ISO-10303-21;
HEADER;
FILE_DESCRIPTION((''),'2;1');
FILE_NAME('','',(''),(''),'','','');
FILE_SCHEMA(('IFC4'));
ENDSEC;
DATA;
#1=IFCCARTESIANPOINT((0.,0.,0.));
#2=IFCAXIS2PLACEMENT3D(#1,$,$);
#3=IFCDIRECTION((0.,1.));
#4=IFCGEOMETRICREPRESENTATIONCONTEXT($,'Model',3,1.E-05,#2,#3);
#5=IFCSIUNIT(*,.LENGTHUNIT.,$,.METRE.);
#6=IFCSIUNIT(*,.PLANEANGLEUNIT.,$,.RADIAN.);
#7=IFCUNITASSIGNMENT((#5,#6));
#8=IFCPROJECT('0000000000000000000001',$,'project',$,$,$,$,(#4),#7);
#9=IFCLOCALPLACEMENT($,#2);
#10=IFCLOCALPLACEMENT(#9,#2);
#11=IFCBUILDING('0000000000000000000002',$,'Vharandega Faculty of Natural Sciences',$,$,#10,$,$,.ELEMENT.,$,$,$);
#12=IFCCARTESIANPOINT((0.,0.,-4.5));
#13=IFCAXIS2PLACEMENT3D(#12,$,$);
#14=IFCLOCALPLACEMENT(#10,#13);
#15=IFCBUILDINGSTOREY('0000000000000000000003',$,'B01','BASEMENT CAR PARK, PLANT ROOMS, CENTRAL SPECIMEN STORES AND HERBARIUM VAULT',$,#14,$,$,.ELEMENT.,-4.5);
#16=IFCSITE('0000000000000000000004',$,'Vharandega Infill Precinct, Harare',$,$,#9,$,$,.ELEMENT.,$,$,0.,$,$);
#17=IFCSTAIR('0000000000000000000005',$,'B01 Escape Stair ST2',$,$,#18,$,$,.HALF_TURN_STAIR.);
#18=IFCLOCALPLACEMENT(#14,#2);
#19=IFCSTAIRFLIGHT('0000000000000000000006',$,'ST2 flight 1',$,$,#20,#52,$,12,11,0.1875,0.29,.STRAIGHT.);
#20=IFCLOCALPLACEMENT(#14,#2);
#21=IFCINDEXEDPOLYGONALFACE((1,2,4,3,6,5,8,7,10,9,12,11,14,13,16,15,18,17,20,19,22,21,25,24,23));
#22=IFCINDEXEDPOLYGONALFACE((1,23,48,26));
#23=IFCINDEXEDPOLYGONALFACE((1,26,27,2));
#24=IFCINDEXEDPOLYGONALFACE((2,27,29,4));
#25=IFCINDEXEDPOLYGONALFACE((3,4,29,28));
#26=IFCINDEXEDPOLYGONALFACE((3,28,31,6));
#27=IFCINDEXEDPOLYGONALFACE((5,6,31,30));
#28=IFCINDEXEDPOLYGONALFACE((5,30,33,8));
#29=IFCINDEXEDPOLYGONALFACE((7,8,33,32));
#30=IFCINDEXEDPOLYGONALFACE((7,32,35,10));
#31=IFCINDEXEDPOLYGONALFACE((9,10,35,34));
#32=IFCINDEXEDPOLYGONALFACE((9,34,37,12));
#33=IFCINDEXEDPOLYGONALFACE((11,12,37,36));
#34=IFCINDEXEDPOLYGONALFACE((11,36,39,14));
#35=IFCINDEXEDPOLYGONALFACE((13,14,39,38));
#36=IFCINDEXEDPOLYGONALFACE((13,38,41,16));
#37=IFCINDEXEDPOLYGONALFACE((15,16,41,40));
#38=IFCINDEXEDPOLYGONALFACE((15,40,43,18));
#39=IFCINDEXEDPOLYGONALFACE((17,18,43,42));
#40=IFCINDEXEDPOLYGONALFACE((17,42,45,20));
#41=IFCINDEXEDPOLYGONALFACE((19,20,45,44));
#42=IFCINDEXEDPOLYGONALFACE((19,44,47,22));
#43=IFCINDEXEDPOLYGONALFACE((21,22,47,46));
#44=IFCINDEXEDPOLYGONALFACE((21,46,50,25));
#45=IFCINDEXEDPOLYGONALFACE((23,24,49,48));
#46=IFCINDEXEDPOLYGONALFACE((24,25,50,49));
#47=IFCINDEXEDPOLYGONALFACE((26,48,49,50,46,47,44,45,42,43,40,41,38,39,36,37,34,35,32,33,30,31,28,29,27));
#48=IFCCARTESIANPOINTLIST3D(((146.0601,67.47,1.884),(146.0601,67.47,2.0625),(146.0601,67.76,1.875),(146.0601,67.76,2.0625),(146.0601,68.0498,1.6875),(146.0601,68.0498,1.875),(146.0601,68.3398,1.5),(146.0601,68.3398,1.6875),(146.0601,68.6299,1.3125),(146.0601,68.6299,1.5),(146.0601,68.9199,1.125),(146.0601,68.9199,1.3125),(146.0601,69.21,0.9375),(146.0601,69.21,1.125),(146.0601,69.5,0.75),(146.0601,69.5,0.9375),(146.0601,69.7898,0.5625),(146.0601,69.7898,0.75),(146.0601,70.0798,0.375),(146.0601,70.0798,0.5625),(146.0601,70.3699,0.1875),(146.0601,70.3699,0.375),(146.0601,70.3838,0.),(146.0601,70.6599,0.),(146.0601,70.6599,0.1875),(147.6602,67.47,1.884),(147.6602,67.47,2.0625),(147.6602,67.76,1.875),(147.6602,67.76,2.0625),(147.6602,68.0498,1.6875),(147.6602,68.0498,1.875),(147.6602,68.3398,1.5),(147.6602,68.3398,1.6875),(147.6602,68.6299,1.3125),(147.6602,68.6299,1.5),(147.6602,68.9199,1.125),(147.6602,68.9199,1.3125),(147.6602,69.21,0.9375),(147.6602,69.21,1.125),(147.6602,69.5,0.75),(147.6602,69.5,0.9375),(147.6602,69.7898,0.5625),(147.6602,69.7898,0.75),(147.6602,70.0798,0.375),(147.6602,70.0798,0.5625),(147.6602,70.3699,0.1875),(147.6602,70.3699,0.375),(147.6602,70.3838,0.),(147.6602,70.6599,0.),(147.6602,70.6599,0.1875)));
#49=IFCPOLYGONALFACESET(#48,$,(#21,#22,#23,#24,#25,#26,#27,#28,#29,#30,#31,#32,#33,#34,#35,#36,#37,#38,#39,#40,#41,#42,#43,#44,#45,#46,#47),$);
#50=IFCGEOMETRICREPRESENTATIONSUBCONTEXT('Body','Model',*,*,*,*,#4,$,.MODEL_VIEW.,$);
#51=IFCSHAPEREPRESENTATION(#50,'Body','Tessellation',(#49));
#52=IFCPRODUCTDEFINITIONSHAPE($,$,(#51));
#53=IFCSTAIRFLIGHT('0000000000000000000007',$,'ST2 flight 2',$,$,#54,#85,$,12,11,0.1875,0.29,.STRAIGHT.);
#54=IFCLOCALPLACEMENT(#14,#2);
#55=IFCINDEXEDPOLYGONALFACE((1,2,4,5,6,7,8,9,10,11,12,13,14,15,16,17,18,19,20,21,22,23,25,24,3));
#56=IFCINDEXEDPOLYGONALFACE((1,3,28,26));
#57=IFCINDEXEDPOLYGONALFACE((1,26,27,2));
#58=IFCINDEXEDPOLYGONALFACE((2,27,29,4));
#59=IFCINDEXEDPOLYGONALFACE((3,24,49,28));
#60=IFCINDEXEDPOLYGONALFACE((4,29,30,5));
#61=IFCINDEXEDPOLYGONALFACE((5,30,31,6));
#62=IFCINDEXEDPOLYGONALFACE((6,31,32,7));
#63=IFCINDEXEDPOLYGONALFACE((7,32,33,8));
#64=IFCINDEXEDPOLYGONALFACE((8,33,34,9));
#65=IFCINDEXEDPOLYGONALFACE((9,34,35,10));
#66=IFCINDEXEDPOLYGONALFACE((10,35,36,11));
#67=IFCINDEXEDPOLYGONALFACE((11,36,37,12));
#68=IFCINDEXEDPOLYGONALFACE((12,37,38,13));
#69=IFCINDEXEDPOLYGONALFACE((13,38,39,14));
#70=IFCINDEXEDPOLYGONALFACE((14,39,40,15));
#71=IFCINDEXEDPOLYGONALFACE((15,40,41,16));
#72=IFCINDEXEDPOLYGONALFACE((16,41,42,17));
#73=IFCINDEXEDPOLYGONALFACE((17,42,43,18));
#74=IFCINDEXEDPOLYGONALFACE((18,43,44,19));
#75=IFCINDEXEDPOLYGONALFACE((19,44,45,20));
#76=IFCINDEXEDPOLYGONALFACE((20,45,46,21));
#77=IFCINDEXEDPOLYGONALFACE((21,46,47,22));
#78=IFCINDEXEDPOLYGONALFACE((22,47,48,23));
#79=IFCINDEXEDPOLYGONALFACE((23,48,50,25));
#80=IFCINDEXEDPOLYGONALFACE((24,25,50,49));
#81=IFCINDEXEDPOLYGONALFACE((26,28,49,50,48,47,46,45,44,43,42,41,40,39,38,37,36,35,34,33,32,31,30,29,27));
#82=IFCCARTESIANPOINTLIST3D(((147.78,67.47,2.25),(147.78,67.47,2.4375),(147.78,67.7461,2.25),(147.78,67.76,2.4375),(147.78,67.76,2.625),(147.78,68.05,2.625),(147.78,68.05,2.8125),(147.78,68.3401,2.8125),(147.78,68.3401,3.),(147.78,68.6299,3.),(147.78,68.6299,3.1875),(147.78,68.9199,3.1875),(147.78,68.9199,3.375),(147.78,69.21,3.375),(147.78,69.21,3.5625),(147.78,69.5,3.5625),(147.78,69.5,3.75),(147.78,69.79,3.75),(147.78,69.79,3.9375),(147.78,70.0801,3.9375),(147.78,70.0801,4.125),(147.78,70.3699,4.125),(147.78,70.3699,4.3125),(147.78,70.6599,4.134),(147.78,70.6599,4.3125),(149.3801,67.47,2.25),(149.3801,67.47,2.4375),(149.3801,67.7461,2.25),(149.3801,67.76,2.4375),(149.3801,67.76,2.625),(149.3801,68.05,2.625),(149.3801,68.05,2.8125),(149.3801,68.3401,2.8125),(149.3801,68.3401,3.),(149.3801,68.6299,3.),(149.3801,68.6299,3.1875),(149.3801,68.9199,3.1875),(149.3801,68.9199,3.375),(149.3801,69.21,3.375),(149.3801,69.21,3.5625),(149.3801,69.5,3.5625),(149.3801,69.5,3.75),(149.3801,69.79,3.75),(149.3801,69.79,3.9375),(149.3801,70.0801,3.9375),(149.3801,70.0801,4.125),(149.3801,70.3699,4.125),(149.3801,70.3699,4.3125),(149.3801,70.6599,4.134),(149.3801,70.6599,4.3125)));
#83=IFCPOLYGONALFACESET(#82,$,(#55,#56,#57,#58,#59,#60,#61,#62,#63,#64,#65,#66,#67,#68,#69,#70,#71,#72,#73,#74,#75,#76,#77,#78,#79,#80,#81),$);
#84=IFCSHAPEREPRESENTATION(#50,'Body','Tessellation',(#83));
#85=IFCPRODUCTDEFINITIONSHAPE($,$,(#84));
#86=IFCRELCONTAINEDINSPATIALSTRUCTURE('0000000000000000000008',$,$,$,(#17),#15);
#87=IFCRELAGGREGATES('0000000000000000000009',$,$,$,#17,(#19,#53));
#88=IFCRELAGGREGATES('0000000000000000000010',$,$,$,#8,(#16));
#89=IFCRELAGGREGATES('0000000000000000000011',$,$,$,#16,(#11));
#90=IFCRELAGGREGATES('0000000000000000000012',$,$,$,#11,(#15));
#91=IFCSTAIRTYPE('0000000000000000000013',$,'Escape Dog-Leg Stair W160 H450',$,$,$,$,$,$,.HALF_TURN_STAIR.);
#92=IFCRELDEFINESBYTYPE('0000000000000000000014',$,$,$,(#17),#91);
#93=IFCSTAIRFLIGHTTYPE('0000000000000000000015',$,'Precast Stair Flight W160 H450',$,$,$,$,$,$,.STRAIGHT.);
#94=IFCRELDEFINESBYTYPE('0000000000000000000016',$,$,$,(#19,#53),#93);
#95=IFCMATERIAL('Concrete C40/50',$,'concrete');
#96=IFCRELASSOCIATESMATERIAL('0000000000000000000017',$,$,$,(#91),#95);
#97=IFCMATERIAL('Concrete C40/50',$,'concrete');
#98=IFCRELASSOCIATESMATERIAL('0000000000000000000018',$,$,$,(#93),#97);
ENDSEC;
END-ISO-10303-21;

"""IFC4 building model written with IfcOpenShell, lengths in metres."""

from ifc_helpers import new_model, si_unit, direction, frame, origin, place, context, subcontext, project, spatial, polyline, outline, extrude, material, type_object, element, aggregate, save


model = new_model("IFC4")

# Units and contexts
model_context = context("Model", 3, precision=1e-05, world=origin(), true_north=direction((0.0, 1.0)))
body_context = subcontext(model_context, "Body", "Model", "MODEL_VIEW")
ifc_project = project(units=[si_unit("LENGTHUNIT", "METRE"), si_unit("PLANEANGLEUNIT", "RADIAN")], contexts=[model_context])

# Site, building, storey
site_placement = place(None, origin())
site = spatial("IfcSite", under=ifc_project, at=site_placement, Name="Vharandega Infill Precinct, Harare", CompositionType="ELEMENT", RefElevation=0.0)
building_placement = place(site_placement, origin())
building = spatial("IfcBuilding", under=site, at=building_placement, Name="Vharandega Faculty of Natural Sciences", CompositionType="ELEMENT")
storey_placement = place(building_placement, frame((0.0, 0.0, -4.5)))
storey = spatial("IfcBuildingStorey", under=building, at=storey_placement, Name="B01", Description="BASEMENT CAR PARK, PLANT ROOMS, CENTRAL SPECIMEN STORES AND HERBARIUM VAULT", CompositionType="ELEMENT", Elevation=-4.5)

# Stair, stair flights
ifc_material_1 = material(Name="Concrete C40/50", Category="concrete")
stair_type = type_object("IfcStairType", Name="Escape Dog-Leg Stair W160 H450", PredefinedType="HALF_TURN_STAIR", material=ifc_material_1)
stair_placement = place(storey_placement, origin())
stair = element("IfcStair", 1, at=stair_placement, inside=storey, type_object=stair_type, Name="B01 Escape Stair ST2", PredefinedType="HALF_TURN_STAIR")
ifc_material_2 = material(Name="Concrete C40/50", Category="concrete")
stair_flight_type = type_object("IfcStairFlightType", Name="Precast Stair Flight W160 H450", PredefinedType="STRAIGHT", material=ifc_material_2)
stair_flight_1_placement = place(storey_placement, frame((146.8601, 70.6599, 0.0), z_axis=(0.0, 0.0, 1.0), x_axis=(0.0, -1.0, 0.0)))
stair_flight_1 = element("IfcStairFlight", 2, at=stair_flight_1_placement, type_object=stair_flight_type, Name="ST2 flight 1", NumberOfRisers=12, NumberOfTreads=11, PredefinedType="STRAIGHT", RiserHeight=0.1875, TreadLength=0.29, context=body_context, shape_type="SweptSolid", body=[
    extrude(outline(polyline([(0.0, 0.0), (0.0, 0.1875), (0.29, 0.1875), (0.29, 0.375), (0.5801, 0.375), (0.5801, 0.5625), (0.8701, 0.5625), (0.8701, 0.75), (1.1599, 0.75), (1.1599, 0.9375), (1.45, 0.9375), (1.45, 1.125), (1.74, 1.125), (1.74, 1.3125), (2.03, 1.3125), (2.03, 1.5), (2.3201, 1.5), (2.3201, 1.6875), (2.6101, 1.6875), (2.6101, 1.875), (2.8999, 1.875), (2.8999, 2.0625), (3.1899, 2.0625), (3.1899, 2.25), (3.1899, 1.884), (0.2761, 0.0), (0.0, 0.0)])), frame((0.0, 0.8, 0.0), z_axis=(0.0, -1.0, 0.0), x_axis=(1.0, 0.0, 0.0)), (0.0, 0.0, 1.0), 1.6001),
])
stair_flight_2_placement = place(storey_placement, frame((148.5801, 67.47, 2.25), z_axis=(0.0, 0.0, 1.0), x_axis=(0.0, 1.0, 0.0)))
stair_flight_2 = element("IfcStairFlight", 3, at=stair_flight_2_placement, type_object=stair_flight_type, Name="ST2 flight 2", NumberOfRisers=12, NumberOfTreads=11, PredefinedType="STRAIGHT", RiserHeight=0.1875, TreadLength=0.29, context=body_context, shape_type="SweptSolid", body=[
    extrude(outline(polyline([(0.0, 0.0), (0.0, 0.1875), (0.29, 0.1875), (0.29, 0.375), (0.5801, 0.375), (0.5801, 0.5625), (0.8701, 0.5625), (0.8701, 0.75), (1.1599, 0.75), (1.1599, 0.9375), (1.45, 0.9375), (1.45, 1.125), (1.74, 1.125), (1.74, 1.3125), (2.03, 1.3125), (2.03, 1.5), (2.3201, 1.5), (2.3201, 1.6875), (2.6101, 1.6875), (2.6101, 1.875), (2.8999, 1.875), (2.8999, 2.0625), (3.1899, 2.0625), (3.1899, 2.25), (3.1899, 1.884), (0.2761, 0.0), (0.0, 0.0)])), frame((0.0, 0.8, 0.0), z_axis=(0.0, -1.0, 0.0), x_axis=(1.0, 0.0, 0.0)), (0.0, 0.0, 1.0), 1.6001),
])
aggregate(stair, [stair_flight_1, stair_flight_2])

save(model, "model.ifc")
